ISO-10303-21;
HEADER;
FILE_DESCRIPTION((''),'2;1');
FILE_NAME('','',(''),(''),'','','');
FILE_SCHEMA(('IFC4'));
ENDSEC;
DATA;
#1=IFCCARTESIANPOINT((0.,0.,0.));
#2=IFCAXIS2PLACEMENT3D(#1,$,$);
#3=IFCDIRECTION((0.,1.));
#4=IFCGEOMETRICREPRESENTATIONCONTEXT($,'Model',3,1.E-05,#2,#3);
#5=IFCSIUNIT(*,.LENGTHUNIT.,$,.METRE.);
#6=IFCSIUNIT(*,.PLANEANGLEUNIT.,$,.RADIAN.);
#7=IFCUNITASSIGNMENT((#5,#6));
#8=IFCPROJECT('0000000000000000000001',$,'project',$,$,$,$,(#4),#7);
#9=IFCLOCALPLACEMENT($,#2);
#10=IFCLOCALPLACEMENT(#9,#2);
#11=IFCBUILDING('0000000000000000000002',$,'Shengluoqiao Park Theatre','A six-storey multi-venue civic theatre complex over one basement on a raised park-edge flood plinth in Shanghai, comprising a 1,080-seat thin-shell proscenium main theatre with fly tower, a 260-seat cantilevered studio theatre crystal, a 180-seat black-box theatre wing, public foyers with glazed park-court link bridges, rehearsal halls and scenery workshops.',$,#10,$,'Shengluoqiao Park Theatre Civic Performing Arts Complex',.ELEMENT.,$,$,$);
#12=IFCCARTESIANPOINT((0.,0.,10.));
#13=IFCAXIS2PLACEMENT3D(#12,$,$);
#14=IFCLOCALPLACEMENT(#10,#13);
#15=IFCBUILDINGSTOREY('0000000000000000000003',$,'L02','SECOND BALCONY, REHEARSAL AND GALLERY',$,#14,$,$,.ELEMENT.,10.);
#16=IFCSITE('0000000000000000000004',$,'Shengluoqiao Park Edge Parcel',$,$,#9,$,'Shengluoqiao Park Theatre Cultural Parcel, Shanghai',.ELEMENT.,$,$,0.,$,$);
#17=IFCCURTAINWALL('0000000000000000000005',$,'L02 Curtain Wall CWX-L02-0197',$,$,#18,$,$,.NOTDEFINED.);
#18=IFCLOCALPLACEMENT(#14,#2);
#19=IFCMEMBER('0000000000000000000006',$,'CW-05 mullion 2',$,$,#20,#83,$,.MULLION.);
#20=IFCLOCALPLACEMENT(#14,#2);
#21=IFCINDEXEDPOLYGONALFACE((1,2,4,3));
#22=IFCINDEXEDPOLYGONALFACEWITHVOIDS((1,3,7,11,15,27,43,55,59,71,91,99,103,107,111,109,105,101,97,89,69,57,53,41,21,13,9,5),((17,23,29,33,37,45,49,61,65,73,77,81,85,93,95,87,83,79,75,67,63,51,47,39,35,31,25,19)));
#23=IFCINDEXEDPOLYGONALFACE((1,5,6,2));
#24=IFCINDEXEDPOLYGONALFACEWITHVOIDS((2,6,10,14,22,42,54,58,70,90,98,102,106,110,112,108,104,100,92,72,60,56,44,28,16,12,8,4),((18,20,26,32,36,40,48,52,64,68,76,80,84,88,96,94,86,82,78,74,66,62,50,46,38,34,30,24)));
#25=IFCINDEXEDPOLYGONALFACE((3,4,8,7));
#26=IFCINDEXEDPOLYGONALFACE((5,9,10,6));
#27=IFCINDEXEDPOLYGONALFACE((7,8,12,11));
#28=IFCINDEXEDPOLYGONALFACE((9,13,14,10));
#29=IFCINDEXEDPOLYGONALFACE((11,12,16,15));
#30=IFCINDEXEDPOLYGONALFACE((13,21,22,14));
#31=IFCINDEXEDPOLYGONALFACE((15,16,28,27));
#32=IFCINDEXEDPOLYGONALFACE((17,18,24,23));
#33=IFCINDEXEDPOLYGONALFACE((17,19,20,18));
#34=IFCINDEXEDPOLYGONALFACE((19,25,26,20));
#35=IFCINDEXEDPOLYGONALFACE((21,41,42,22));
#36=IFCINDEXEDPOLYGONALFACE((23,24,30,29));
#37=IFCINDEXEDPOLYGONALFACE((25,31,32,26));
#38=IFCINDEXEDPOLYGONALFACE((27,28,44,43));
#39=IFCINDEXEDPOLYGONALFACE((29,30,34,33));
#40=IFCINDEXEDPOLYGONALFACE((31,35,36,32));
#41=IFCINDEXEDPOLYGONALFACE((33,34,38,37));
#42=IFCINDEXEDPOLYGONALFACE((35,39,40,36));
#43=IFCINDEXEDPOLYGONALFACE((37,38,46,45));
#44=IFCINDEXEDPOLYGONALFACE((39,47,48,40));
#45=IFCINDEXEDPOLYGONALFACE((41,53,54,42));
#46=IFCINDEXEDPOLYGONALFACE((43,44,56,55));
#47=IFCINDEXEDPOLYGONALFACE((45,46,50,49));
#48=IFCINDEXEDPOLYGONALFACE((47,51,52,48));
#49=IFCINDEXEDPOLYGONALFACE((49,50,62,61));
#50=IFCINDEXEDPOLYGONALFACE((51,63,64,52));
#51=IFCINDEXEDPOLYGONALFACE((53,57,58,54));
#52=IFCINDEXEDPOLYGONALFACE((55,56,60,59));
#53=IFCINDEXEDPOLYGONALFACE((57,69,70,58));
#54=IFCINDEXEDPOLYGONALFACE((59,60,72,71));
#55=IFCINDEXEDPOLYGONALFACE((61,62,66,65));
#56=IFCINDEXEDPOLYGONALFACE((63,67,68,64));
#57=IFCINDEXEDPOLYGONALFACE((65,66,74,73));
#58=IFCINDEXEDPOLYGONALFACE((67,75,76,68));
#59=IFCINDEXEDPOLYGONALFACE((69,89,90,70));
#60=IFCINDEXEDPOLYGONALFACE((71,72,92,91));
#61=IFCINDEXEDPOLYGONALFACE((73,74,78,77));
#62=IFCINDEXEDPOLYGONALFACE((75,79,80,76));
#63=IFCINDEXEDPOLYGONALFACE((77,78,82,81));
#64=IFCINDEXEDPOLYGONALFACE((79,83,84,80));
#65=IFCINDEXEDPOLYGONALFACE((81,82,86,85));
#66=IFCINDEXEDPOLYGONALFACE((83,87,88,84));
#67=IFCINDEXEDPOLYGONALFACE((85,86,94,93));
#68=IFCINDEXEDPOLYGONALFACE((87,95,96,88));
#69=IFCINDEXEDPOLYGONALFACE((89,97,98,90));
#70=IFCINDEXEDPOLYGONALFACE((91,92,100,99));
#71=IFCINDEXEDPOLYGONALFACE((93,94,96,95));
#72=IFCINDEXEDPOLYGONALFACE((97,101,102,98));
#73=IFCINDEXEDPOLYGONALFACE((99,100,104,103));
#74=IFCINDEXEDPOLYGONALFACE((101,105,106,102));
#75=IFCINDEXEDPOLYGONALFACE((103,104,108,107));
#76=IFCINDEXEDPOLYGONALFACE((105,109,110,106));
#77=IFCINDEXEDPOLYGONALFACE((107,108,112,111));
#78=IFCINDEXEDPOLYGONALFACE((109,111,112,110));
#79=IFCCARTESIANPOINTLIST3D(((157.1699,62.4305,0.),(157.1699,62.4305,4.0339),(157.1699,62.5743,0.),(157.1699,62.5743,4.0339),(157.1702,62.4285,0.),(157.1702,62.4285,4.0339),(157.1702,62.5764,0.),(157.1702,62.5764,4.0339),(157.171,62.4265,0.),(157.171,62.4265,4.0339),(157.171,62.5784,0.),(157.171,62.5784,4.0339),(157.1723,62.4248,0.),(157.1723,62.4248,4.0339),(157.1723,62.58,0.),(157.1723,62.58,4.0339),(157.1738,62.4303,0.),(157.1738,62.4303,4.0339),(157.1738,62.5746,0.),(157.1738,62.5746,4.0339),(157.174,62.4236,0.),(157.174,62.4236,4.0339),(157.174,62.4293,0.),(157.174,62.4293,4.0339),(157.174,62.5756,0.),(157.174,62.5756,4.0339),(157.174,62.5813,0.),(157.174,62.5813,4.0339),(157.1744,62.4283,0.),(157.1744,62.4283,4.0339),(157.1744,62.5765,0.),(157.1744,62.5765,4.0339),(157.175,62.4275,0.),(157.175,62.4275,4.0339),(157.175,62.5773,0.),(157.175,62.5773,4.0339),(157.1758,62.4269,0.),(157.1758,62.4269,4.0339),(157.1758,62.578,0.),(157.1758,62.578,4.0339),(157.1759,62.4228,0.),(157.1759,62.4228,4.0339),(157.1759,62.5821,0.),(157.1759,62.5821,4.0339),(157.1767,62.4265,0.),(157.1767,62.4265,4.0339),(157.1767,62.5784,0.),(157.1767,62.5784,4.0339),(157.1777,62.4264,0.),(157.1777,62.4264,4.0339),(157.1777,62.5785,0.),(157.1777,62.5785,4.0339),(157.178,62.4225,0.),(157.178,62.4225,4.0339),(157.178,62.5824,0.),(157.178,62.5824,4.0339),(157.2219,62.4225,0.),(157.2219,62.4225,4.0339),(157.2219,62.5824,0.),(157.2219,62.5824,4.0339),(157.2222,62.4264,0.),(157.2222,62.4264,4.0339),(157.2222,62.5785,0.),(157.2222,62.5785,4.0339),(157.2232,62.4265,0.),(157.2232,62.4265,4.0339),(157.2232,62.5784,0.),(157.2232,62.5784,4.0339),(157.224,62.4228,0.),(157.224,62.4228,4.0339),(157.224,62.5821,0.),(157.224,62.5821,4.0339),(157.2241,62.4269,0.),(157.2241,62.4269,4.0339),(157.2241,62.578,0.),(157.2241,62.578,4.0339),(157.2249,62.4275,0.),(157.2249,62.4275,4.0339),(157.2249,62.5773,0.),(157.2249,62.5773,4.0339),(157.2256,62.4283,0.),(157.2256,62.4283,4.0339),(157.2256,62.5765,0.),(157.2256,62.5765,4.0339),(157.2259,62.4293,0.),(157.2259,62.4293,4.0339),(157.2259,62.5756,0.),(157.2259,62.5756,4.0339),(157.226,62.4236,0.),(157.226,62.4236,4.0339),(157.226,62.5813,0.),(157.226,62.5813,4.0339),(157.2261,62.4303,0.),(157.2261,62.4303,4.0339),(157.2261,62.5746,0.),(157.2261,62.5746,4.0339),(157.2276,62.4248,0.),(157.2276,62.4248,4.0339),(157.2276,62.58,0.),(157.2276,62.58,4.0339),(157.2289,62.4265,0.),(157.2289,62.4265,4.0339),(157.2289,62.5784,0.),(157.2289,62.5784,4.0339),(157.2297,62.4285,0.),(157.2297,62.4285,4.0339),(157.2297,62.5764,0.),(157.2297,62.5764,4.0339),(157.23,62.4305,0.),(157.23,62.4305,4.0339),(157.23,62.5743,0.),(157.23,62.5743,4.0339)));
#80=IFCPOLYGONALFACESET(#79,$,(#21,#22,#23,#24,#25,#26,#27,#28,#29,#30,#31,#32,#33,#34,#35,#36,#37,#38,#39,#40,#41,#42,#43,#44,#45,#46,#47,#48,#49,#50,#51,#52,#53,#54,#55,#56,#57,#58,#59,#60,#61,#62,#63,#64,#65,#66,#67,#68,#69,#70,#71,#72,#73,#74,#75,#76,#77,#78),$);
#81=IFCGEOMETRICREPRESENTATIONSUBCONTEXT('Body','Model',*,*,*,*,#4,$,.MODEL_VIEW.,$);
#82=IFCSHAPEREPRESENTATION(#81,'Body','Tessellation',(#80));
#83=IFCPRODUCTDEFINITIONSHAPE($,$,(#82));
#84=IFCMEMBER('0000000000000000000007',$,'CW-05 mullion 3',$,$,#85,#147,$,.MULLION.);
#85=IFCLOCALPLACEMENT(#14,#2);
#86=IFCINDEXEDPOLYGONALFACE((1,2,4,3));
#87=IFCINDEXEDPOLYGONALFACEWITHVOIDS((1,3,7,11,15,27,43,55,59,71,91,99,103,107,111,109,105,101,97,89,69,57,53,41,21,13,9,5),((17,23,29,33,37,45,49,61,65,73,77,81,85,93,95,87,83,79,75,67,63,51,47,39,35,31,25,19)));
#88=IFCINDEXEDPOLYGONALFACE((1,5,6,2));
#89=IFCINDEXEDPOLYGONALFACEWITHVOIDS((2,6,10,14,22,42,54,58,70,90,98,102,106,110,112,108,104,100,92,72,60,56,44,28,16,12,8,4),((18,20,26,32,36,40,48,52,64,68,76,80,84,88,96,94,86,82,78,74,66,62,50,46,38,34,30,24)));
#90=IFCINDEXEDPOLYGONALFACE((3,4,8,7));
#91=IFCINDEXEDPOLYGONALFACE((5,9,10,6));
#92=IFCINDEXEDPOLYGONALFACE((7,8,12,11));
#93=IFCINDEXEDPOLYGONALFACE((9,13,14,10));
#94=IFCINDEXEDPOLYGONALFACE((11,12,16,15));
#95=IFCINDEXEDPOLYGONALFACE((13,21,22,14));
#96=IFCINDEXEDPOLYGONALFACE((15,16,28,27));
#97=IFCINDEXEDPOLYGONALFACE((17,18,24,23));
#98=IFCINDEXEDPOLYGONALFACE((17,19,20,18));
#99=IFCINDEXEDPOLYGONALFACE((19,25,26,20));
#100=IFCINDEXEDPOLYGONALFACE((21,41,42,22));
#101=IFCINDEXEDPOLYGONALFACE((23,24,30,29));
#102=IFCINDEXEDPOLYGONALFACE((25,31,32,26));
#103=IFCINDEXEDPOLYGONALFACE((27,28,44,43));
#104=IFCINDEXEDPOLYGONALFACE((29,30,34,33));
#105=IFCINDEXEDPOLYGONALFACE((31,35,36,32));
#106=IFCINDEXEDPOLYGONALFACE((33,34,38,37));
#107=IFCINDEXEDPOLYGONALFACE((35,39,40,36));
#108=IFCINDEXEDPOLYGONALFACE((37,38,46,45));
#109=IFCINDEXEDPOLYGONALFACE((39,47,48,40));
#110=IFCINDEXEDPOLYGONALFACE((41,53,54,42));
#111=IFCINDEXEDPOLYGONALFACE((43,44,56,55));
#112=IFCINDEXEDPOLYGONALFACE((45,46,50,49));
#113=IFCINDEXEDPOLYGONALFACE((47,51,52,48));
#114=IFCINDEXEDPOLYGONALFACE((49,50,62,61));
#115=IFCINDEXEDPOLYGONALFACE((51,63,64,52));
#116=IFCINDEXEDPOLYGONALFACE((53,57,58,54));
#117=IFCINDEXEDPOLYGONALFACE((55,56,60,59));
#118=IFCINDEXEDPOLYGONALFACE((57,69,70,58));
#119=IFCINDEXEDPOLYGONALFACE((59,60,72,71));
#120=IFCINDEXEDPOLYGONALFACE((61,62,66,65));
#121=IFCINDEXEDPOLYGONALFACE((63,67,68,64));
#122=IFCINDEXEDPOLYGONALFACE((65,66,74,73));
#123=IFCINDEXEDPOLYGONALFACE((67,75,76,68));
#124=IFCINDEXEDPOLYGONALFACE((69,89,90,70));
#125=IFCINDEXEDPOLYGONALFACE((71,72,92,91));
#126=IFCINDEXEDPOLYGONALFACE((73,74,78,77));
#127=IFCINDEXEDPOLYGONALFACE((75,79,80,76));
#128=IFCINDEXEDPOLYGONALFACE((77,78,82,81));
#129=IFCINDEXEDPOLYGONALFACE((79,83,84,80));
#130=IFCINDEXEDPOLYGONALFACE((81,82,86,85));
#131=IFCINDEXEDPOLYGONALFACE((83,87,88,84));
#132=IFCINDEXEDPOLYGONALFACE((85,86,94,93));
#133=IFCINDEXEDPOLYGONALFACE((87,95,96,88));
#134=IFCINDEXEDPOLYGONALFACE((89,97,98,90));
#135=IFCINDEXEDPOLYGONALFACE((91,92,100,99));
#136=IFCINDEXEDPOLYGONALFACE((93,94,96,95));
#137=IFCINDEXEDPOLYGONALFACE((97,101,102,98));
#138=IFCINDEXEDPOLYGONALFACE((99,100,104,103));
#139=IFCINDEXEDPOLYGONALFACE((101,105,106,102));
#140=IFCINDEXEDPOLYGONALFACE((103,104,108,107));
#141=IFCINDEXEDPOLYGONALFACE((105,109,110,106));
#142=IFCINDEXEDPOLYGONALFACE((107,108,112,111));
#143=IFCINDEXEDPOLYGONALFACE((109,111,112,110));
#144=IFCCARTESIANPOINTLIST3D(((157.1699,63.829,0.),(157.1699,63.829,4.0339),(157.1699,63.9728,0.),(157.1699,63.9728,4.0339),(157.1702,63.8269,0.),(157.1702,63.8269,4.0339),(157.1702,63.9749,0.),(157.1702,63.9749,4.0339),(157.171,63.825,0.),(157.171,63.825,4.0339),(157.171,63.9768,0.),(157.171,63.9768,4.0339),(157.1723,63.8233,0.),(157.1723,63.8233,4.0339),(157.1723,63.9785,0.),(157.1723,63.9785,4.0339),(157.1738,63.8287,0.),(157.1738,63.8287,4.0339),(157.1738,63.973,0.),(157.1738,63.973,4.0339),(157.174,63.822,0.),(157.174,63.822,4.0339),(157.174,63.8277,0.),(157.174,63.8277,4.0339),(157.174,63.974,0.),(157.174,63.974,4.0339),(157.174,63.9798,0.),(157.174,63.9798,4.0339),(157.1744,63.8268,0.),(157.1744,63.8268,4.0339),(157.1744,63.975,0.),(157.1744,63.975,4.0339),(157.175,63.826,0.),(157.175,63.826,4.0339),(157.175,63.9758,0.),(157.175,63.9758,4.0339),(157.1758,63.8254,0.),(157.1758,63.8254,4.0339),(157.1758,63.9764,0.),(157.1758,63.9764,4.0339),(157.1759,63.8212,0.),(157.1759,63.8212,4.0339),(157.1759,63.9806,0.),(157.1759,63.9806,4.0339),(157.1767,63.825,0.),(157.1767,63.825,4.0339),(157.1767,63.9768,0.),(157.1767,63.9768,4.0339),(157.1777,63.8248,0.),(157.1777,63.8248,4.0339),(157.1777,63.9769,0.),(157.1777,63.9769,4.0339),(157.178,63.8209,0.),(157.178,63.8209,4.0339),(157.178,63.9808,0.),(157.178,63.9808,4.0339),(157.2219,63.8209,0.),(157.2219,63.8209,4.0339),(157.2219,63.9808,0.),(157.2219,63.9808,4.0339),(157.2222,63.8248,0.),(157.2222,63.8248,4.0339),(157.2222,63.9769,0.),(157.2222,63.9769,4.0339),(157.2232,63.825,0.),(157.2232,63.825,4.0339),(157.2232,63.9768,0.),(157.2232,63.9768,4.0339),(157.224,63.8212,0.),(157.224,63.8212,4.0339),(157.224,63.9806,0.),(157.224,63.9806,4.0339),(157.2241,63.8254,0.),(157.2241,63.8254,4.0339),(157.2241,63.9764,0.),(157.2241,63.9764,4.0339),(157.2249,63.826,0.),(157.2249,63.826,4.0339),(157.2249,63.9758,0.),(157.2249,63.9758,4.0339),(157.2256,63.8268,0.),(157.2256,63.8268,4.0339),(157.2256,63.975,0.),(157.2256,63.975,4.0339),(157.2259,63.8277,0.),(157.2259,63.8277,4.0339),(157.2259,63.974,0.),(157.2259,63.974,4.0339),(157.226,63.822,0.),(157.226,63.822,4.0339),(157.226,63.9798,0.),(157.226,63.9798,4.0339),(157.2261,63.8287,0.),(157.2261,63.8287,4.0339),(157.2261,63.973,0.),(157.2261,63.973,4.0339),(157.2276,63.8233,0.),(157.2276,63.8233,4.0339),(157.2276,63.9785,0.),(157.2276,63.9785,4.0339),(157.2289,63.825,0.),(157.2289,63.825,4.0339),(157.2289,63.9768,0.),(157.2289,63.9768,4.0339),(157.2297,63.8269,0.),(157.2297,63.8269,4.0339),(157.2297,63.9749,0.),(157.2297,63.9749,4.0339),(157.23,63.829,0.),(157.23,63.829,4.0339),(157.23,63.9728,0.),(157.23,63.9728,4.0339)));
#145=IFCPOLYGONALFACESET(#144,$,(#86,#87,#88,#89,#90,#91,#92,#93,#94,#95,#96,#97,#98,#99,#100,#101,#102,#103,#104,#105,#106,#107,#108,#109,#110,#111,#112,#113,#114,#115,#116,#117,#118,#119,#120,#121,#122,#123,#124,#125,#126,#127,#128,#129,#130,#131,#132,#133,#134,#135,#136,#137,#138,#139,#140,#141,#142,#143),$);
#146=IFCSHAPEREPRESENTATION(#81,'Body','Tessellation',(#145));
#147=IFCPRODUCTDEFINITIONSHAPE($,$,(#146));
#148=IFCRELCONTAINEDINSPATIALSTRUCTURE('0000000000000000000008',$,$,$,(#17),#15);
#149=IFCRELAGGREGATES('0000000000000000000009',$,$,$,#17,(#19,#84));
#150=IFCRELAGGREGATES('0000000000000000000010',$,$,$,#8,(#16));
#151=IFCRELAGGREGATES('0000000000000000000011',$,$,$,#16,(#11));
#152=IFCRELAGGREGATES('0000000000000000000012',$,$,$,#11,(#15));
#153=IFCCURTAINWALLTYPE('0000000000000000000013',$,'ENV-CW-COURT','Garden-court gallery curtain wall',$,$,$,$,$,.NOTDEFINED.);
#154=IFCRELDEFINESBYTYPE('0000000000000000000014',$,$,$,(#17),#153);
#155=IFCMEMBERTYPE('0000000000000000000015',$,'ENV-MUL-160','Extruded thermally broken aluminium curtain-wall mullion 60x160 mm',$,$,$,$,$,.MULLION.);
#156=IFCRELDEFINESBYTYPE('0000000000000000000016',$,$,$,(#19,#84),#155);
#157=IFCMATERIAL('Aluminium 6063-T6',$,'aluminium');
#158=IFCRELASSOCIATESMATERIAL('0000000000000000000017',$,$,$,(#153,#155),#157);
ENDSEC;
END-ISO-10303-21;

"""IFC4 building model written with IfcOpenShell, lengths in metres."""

from ifc_helpers import new_model, si_unit, direction, frame, origin, origin_2d, place, context, subcontext, project, spatial, hollow_rectangle, extrude, material, material_profile, profile_set, type_object, element, aggregate, save


model = new_model("IFC4")

# Units and contexts
model_context = context("Model", 3, precision=1e-05, world=origin(), true_north=direction((0.0, 1.0)))
body_context = subcontext(model_context, "Body", "Model", "MODEL_VIEW")
ifc_project = project(units=[si_unit("LENGTHUNIT", "METRE"), si_unit("PLANEANGLEUNIT", "RADIAN")], contexts=[model_context])

# Site, building, storey
site_placement = place(None, origin())
site = spatial("IfcSite", under=ifc_project, at=site_placement, Name="Shengluoqiao Park Edge Parcel", LongName="Shengluoqiao Park Theatre Cultural Parcel, Shanghai", CompositionType="ELEMENT", RefElevation=0.0)
building_placement = place(site_placement, origin())
building = spatial("IfcBuilding", under=site, at=building_placement, Name="Shengluoqiao Park Theatre", Description="A six-storey multi-venue civic theatre complex over one basement on a raised park-edge flood plinth in Shanghai, comprising a 1,080-seat thin-shell proscenium main theatre with fly tower, a 260-seat cantilevered studio theatre crystal, a 180-seat black-box theatre wing, public foyers with glazed park-court link bridges, rehearsal halls and scenery workshops.", LongName="Shengluoqiao Park Theatre Civic Performing Arts Complex", CompositionType="ELEMENT")
storey_placement = place(building_placement, frame((0.0, 0.0, 10.0)))
storey = spatial("IfcBuildingStorey", under=building, at=storey_placement, Name="L02", Description="SECOND BALCONY, REHEARSAL AND GALLERY", CompositionType="ELEMENT", Elevation=10.0)

# Shared definitions
ifc_material_1 = material(Name="Aluminium 6063-T6", Category="aluminium")
curtain_wall_type = type_object("IfcCurtainWallType", Name="ENV-CW-COURT", Description="Garden-court gallery curtain wall", PredefinedType="NOTDEFINED", material=ifc_material_1)
ifc_material_profile_1 = material_profile(ifc_material_1, hollow_rectangle(XDim=0.0601, YDim=0.1599, WallThickness=0.0039, InnerFilletRadius=0.0039, OuterFilletRadius=0.0081, at=origin_2d()), Name="ALU MULLION 160x60x4")
ifc_profile_set_1 = profile_set([ifc_material_profile_1], Name="Aluminium 6063-T6")
member_type_1 = type_object("IfcMemberType", Name="ENV-MUL-160", Description="Extruded thermally broken aluminium curtain-wall mullion 60x160 mm", PredefinedType="MULLION", material=ifc_profile_set_1)

# Curtain wall, members
curtain_wall_1_placement = place(storey_placement, origin())
curtain_wall_1 = element("IfcCurtainWall", 1, at=curtain_wall_1_placement, inside=storey, type_object=curtain_wall_type, Name="L02 Curtain Wall CWX-L02-0197", PredefinedType="NOTDEFINED")
member_1_placement = place(storey_placement, frame((157.2, 62.5024, 0.0), z_axis=(0.0, 0.0, 1.0), x_axis=(-1.0, 0.0, 0.0)))
member_1 = element("IfcMember", 2, at=member_1_placement, type_object=member_type_1, Name="CW-05 mullion 2", PredefinedType="MULLION", context=body_context, shape_type="SweptSolid", body=[
    extrude(hollow_rectangle(XDim=0.0601, YDim=0.1599, WallThickness=0.0039, InnerFilletRadius=0.0039, OuterFilletRadius=0.0081, at=origin_2d()), origin(), (0.0, 0.0, 1.0), 4.0339),
])
member_2_placement = place(storey_placement, frame((157.2, 63.9009, 0.0), z_axis=(0.0, 0.0, 1.0), x_axis=(-1.0, 0.0, 0.0)))
member_2 = element("IfcMember", 3, at=member_2_placement, type_object=member_type_1, Name="CW-05 mullion 3", PredefinedType="MULLION", context=body_context, shape_type="SweptSolid", body=[
    extrude(hollow_rectangle(XDim=0.0601, YDim=0.1599, WallThickness=0.0039, InnerFilletRadius=0.0039, OuterFilletRadius=0.0081, at=origin_2d()), origin(), (0.0, 0.0, 1.0), 4.0339),
])

aggregate(curtain_wall_1, [member_1, member_2])

save(model, "model.ifc")
